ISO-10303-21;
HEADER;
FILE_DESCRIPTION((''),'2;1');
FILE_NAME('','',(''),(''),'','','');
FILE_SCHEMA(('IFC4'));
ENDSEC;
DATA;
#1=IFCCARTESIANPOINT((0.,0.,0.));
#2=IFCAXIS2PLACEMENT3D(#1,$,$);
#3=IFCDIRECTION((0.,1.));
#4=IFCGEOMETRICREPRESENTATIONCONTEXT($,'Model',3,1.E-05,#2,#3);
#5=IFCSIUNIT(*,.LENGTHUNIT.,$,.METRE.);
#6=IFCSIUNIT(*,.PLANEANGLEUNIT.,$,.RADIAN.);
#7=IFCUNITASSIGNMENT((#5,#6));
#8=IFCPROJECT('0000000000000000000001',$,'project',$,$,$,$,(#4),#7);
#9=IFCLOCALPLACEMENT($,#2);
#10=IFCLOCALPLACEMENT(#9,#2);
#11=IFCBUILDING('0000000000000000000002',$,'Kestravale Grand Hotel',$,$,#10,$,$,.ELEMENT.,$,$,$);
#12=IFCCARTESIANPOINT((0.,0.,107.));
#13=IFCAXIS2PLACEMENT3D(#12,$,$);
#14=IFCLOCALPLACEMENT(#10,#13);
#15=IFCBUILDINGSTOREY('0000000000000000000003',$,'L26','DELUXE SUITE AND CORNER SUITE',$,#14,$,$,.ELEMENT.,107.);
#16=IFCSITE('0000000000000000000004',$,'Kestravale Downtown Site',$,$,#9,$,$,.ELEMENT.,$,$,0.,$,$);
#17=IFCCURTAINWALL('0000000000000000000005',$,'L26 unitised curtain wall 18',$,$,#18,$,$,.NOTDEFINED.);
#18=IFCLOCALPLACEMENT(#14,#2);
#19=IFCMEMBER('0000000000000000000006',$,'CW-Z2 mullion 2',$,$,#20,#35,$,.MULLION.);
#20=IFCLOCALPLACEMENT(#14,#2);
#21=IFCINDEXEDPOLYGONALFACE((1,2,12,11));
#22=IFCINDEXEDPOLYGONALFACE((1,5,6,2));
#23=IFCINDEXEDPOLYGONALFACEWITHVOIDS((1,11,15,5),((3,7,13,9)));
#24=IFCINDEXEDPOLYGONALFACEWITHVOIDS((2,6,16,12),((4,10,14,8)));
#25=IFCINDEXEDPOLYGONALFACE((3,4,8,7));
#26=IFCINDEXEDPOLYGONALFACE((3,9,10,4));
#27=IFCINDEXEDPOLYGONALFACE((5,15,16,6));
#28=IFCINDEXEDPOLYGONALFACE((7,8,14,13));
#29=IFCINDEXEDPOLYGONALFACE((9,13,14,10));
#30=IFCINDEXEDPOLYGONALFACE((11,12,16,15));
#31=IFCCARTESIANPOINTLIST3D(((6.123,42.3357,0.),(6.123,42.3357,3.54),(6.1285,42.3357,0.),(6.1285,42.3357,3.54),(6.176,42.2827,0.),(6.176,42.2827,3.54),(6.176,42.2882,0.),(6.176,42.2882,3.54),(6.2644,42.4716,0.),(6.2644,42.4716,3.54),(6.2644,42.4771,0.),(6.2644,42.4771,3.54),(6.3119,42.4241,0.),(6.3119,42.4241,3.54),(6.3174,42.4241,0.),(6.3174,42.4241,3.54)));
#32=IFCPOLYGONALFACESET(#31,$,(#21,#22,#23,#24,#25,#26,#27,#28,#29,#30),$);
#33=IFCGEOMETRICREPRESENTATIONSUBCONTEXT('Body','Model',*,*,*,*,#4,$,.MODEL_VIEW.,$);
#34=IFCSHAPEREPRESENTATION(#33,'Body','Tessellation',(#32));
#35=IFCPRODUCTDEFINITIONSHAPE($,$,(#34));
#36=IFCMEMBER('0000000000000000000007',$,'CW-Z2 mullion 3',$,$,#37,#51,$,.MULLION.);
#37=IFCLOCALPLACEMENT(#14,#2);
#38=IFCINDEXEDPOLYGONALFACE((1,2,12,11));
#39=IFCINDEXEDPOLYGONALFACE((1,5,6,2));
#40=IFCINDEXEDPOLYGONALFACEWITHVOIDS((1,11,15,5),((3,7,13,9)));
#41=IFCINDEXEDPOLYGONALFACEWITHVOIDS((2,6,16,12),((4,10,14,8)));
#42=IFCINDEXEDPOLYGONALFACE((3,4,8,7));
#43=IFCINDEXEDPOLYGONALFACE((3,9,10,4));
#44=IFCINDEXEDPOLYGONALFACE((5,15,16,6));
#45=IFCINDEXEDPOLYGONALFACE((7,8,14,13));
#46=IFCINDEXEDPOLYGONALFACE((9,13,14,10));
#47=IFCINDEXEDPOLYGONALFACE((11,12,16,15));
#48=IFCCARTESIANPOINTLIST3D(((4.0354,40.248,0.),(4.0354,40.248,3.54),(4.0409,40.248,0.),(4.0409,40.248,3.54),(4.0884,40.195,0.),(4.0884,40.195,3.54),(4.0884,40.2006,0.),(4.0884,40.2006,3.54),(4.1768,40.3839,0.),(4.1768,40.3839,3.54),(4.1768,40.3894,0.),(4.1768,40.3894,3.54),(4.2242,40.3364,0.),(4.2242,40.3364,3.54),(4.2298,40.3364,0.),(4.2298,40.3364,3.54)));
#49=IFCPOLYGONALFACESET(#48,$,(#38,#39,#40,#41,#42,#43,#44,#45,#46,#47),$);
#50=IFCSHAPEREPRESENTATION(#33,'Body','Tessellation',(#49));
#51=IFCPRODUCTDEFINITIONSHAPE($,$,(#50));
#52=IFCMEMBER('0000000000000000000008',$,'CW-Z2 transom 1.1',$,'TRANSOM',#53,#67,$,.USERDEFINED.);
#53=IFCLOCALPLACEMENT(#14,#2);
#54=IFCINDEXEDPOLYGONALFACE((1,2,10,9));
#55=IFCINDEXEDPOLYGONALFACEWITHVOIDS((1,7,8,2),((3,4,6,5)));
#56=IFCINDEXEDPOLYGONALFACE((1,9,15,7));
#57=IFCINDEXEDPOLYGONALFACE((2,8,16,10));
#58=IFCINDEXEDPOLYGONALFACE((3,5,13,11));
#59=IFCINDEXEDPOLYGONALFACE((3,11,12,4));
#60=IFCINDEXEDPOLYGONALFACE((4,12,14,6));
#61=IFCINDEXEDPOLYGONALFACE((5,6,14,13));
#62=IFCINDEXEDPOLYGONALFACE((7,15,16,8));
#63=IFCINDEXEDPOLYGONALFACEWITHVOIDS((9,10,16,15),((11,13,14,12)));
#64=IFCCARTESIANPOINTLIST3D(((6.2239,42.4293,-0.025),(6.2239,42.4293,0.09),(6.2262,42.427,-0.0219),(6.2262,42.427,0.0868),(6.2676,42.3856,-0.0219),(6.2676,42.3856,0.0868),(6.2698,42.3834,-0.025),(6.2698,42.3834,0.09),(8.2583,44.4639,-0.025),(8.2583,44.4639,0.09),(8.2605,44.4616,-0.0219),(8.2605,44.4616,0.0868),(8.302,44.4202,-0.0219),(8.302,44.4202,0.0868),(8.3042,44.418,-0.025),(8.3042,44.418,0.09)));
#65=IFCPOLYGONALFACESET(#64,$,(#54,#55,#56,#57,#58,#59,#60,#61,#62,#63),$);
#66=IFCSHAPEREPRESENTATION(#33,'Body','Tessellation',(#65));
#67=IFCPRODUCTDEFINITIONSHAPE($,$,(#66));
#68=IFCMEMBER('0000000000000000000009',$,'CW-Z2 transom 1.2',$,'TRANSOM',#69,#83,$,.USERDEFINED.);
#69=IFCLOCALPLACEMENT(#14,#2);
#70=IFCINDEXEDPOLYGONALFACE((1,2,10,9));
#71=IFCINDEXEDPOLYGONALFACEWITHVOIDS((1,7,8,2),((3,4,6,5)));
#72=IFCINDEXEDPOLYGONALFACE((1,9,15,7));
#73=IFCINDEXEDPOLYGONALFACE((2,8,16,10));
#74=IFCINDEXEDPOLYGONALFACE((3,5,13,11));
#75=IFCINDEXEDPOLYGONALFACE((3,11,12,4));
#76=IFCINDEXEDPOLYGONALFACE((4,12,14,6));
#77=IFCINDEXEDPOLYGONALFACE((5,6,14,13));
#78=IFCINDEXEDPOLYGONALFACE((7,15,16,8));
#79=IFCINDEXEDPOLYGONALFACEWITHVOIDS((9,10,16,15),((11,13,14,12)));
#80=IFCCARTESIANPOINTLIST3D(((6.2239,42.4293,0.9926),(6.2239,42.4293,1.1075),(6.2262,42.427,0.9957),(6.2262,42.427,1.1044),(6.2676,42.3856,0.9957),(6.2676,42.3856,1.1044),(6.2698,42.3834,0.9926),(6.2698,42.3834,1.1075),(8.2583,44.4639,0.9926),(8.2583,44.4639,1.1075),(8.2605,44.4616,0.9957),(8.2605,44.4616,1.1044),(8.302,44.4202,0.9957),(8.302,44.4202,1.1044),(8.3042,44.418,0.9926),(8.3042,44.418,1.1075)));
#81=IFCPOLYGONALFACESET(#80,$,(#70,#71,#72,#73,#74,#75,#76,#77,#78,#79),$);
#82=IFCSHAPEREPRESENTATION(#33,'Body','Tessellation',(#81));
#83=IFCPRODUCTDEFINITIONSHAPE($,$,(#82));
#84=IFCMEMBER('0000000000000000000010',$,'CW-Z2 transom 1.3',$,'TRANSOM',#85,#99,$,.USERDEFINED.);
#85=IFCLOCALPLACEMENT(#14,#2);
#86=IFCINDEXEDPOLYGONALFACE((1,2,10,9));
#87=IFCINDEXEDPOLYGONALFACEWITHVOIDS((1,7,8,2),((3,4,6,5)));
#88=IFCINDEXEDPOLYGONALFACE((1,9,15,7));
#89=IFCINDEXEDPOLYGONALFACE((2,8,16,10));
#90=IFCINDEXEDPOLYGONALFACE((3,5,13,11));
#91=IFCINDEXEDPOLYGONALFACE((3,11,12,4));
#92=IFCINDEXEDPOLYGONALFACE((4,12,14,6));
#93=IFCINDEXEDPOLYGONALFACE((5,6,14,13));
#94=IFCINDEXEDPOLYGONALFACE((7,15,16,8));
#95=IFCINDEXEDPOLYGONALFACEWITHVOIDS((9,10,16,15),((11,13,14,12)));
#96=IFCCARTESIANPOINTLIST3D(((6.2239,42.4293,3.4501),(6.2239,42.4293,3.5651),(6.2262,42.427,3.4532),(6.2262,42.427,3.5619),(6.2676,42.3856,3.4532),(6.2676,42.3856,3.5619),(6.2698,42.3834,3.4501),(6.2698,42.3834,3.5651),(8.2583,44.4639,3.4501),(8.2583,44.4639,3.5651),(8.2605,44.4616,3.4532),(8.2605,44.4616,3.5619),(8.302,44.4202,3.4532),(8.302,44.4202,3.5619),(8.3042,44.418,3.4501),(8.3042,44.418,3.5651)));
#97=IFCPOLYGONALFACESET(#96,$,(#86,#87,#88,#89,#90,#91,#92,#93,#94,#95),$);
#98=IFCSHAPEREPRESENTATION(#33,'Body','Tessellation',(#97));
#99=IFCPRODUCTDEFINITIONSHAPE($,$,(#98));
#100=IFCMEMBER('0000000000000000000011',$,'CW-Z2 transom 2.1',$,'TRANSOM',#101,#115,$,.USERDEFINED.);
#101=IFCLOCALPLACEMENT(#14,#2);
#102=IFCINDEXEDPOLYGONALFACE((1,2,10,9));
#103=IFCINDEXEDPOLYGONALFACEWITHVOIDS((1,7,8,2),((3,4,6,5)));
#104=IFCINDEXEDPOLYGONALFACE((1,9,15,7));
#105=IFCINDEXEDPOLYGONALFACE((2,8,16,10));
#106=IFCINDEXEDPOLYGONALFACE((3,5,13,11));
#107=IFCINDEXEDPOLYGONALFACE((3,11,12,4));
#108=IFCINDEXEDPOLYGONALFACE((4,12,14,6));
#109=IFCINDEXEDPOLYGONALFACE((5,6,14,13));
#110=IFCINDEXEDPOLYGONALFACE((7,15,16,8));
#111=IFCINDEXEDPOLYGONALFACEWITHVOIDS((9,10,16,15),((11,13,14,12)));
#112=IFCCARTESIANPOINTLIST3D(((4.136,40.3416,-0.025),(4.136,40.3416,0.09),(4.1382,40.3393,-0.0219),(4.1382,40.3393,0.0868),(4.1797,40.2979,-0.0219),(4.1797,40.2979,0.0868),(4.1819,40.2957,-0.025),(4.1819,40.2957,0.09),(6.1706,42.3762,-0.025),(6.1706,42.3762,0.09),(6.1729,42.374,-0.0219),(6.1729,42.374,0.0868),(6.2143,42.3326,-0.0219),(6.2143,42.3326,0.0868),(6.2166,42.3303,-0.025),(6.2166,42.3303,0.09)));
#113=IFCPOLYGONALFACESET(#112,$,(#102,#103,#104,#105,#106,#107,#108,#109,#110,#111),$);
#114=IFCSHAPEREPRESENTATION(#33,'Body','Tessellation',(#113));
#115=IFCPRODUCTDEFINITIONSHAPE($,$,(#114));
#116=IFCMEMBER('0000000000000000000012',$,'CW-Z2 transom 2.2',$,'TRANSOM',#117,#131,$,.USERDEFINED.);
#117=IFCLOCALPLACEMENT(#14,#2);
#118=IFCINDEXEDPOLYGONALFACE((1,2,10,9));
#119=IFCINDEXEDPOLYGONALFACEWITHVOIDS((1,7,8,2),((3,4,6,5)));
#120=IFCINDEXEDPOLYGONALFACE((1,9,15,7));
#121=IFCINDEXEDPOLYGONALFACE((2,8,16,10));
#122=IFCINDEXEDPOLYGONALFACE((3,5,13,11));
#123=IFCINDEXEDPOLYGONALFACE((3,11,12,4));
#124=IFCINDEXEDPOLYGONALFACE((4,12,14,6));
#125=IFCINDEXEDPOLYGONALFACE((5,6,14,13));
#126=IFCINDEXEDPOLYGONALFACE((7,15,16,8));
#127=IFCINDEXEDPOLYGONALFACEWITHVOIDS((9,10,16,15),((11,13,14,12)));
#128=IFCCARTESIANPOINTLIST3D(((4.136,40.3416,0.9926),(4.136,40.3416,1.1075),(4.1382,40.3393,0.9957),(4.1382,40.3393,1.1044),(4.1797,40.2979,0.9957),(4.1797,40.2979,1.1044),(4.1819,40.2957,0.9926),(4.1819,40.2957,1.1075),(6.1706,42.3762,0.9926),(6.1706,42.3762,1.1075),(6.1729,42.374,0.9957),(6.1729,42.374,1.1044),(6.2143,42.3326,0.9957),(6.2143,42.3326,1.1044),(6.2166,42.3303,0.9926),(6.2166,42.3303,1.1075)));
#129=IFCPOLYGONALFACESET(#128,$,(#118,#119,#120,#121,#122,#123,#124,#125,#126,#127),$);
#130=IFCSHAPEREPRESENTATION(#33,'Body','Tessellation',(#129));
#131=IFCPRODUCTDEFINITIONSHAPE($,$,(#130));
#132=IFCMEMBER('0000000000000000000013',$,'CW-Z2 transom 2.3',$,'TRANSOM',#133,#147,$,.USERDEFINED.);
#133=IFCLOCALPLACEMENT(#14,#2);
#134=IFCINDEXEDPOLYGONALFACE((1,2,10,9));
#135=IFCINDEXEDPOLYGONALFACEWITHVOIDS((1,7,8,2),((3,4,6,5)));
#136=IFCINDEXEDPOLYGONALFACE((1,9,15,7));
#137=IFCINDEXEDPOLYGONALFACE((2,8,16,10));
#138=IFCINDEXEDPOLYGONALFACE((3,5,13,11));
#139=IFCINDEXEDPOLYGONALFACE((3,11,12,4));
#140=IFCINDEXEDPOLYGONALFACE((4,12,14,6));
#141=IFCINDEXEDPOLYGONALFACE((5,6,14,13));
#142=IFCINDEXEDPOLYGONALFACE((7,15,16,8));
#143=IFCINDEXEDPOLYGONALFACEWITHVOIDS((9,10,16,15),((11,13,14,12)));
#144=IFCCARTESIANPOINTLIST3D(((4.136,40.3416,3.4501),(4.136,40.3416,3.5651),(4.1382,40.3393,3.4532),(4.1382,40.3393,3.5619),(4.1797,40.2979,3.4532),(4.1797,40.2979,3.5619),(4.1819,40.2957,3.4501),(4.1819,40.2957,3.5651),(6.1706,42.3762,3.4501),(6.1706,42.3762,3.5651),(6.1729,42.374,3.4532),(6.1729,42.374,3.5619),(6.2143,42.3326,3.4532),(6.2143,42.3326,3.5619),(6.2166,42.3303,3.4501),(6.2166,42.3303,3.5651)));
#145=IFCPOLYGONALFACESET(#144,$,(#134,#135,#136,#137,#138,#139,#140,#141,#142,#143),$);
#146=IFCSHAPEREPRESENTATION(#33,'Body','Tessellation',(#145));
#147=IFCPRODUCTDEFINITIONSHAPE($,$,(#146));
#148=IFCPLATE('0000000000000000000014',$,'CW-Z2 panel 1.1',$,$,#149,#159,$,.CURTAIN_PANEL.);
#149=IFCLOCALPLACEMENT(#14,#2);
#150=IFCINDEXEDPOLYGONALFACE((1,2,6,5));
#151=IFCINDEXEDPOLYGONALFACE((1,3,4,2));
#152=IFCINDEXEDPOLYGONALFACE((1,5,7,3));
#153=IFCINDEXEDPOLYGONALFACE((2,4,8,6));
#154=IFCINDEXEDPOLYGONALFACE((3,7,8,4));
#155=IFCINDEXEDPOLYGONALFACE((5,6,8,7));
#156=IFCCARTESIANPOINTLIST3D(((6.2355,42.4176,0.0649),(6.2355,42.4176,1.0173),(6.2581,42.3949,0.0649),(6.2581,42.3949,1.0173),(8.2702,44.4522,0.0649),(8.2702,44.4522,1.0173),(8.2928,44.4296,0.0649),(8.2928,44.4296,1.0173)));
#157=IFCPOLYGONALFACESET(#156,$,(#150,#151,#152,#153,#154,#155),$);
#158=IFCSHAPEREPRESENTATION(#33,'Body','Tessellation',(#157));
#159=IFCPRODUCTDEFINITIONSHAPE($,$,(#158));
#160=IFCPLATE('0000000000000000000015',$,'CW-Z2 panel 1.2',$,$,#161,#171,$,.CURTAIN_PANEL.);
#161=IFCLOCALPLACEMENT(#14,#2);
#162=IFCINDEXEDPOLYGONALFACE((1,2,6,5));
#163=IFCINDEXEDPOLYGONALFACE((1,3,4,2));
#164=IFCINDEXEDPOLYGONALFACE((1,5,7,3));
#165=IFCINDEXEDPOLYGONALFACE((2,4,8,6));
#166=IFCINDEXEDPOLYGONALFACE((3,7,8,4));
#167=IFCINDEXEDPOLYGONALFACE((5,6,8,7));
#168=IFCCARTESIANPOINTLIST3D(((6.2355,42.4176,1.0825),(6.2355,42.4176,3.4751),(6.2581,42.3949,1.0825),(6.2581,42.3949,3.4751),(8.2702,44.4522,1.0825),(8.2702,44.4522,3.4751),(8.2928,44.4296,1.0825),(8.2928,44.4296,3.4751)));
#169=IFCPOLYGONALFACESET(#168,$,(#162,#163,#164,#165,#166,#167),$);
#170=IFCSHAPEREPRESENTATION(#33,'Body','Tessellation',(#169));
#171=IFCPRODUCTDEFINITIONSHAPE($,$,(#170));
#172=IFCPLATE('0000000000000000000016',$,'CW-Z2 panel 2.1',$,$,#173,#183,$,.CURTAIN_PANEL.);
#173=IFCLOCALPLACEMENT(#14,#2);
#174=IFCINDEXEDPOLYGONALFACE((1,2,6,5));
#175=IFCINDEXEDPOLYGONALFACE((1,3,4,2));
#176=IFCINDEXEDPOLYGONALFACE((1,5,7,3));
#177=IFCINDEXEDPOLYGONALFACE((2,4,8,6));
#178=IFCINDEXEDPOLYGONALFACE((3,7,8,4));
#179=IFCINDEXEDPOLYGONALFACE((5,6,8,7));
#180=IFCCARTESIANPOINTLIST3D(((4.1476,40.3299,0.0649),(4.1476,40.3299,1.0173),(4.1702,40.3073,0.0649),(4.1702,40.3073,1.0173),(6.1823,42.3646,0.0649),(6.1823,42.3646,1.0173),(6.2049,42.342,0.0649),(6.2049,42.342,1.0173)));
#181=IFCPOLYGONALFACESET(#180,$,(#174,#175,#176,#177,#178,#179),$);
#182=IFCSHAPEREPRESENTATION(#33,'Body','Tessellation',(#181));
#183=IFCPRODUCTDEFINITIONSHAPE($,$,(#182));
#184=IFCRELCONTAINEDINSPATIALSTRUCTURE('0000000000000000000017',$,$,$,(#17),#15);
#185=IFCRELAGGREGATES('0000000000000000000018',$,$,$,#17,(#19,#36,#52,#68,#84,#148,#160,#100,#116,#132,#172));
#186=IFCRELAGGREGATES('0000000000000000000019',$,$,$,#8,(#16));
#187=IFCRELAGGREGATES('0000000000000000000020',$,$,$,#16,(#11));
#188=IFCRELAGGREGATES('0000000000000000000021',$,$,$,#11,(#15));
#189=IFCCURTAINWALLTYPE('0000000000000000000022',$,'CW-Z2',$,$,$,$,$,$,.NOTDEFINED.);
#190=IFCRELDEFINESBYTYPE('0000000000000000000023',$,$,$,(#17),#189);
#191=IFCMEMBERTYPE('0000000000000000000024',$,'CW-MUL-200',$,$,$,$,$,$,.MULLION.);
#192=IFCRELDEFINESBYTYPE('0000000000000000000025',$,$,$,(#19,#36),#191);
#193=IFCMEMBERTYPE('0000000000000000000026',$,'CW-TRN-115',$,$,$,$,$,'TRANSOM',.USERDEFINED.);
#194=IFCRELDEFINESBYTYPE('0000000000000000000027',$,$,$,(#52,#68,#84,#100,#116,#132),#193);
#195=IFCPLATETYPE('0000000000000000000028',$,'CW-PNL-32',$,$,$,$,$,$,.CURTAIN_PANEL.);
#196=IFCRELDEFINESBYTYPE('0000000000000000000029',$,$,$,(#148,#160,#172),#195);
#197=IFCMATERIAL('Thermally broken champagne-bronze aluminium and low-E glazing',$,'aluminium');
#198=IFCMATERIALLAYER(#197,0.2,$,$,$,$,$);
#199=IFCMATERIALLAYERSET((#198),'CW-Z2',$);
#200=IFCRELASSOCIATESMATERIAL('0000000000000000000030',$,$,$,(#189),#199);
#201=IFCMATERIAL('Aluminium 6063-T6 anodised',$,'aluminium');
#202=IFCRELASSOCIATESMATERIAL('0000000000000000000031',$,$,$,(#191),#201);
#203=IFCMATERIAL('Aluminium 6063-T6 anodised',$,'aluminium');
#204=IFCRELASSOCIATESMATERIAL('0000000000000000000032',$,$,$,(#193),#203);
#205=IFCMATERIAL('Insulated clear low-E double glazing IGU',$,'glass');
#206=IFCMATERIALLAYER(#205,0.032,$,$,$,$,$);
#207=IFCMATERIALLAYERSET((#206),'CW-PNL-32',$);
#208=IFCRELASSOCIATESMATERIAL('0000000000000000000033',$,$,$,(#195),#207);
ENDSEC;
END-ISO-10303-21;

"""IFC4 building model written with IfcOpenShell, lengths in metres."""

from ifc_helpers import new_model, si_unit, direction, frame, origin, origin_2d, place, context, subcontext, project, spatial, rectangle, hollow_rectangle, extrude, material, layer, layer_set, material_profile, profile_set, type_object, element, aggregate, save


model = new_model("IFC4")

# Units and contexts
model_context = context("Model", 3, precision=1e-05, world=origin(), true_north=direction((0.0, 1.0)))
body_context = subcontext(model_context, "Body", "Model", "MODEL_VIEW")
ifc_project = project(units=[si_unit("LENGTHUNIT", "METRE"), si_unit("PLANEANGLEUNIT", "RADIAN")], contexts=[model_context])

# Site, building, storey
site_placement = place(None, origin())
site = spatial("IfcSite", under=ifc_project, at=site_placement, Name="Kestravale Downtown Site", CompositionType="ELEMENT", RefElevation=0.0)
building_placement = place(site_placement, origin())
building = spatial("IfcBuilding", under=site, at=building_placement, Name="Kestravale Grand Hotel", CompositionType="ELEMENT")
storey_placement = place(building_placement, frame((0.0, 0.0, 107.0)))
storey = spatial("IfcBuildingStorey", under=building, at=storey_placement, Name="L26", Description="DELUXE SUITE AND CORNER SUITE", CompositionType="ELEMENT", Elevation=107.0)

# Curtain wall, members, plates
ifc_material_1 = material(Name="Thermally broken champagne-bronze aluminium and low-E glazing", Category="aluminium")
ifc_layer_1 = layer(ifc_material_1, 0.2)
ifc_layer_set_1 = layer_set([ifc_layer_1], Name="CW-Z2")
curtain_wall_type = type_object("IfcCurtainWallType", Name="CW-Z2", PredefinedType="NOTDEFINED", material=ifc_layer_set_1)
curtain_wall_placement = place(storey_placement, origin())
curtain_wall = element("IfcCurtainWall", 1, at=curtain_wall_placement, inside=storey, type_object=curtain_wall_type, Name="L26 unitised curtain wall 18", PredefinedType="NOTDEFINED")
ifc_material_2 = material(Name="Aluminium 6063-T6 anodised", Category="aluminium")
ifc_material_profile_1 = material_profile(ifc_material_2, hollow_rectangle(XDim=0.075, YDim=0.2, WallThickness=0.0039, at=origin_2d()))
ifc_profile_set_1 = profile_set([ifc_material_profile_1], Name="Aluminium 6063-T6 anodised")
member_type_1 = type_object("IfcMemberType", Name="CW-MUL-200", PredefinedType="MULLION", material=ifc_profile_set_1)
member_1_placement = place(storey_placement, frame((6.2202, 42.3799, 0.0), z_axis=(0.0, 0.0, 1.0), x_axis=(0.707107, -0.707107, 0.0)))
member_1 = element("IfcMember", 2, at=member_1_placement, type_object=member_type_1, Name="CW-Z2 mullion 2", PredefinedType="MULLION", context=body_context, shape_type="SweptSolid", body=[
    extrude(hollow_rectangle(XDim=0.075, YDim=0.2, WallThickness=0.0039, at=origin_2d()), origin(), (0.0, 0.0, 1.0), 3.54),
])
member_2_placement = place(storey_placement, frame((4.1326, 40.2922, 0.0), z_axis=(0.0, 0.0, 1.0), x_axis=(0.707107, -0.707107, 0.0)))
member_2 = element("IfcMember", 3, at=member_2_placement, type_object=member_type_1, Name="CW-Z2 mullion 3", PredefinedType="MULLION", context=body_context, shape_type="SweptSolid", body=[
    extrude(hollow_rectangle(XDim=0.075, YDim=0.2, WallThickness=0.0039, at=origin_2d()), origin(), (0.0, 0.0, 1.0), 3.54),
])
ifc_material_3 = material(Name="Aluminium 6063-T6 anodised", Category="aluminium")
ifc_material_profile_2 = material_profile(ifc_material_3, hollow_rectangle(XDim=0.0649, YDim=0.115, WallThickness=0.0032, at=origin_2d()))
ifc_profile_set_2 = profile_set([ifc_material_profile_2], Name="Aluminium 6063-T6 anodised")
member_type_2 = type_object("IfcMemberType", Name="CW-TRN-115", ElementType="TRANSOM", PredefinedType="USERDEFINED", material=ifc_profile_set_2)
member_3_placement = place(storey_placement, frame((8.2812, 44.4409, 0.0325), z_axis=(-0.707064, -0.707149, 0.0), x_axis=(0.707149, -0.707064, 0.0)))
member_3 = element("IfcMember", 4, at=member_3_placement, type_object=member_type_2, Name="CW-Z2 transom 1.1", ObjectType="TRANSOM", PredefinedType="USERDEFINED", context=body_context, shape_type="SweptSolid", body=[
    extrude(hollow_rectangle(XDim=0.0649, YDim=0.115, WallThickness=0.0032, at=origin_2d()), origin(), (0.0, 0.0, 1.0), 2.8772),
])
member_4_placement = place(storey_placement, frame((8.2812, 44.4409, 1.05), z_axis=(-0.707064, -0.707149, 0.0), x_axis=(0.707149, -0.707064, 0.0)))
member_4 = element("IfcMember", 5, at=member_4_placement, type_object=member_type_2, Name="CW-Z2 transom 1.2", ObjectType="TRANSOM", PredefinedType="USERDEFINED", context=body_context, shape_type="SweptSolid", body=[
    extrude(hollow_rectangle(XDim=0.0649, YDim=0.115, WallThickness=0.0032, at=origin_2d()), origin(), (0.0, 0.0, 1.0), 2.8772),
])
member_5_placement = place(storey_placement, frame((8.2812, 44.4409, 3.5076), z_axis=(-0.707064, -0.707149, 0.0), x_axis=(0.707149, -0.707064, 0.0)))
member_5 = element("IfcMember", 6, at=member_5_placement, type_object=member_type_2, Name="CW-Z2 transom 1.3", ObjectType="TRANSOM", PredefinedType="USERDEFINED", context=body_context, shape_type="SweptSolid", body=[
    extrude(hollow_rectangle(XDim=0.0649, YDim=0.115, WallThickness=0.0032, at=origin_2d()), origin(), (0.0, 0.0, 1.0), 2.8772),
])
member_6_placement = place(storey_placement, frame((6.1936, 42.3533, 0.0325), z_axis=(-0.707107, -0.707107, 0.0), x_axis=(0.707107, -0.707107, 0.0)))
member_6 = element("IfcMember", 7, at=member_6_placement, type_object=member_type_2, Name="CW-Z2 transom 2.1", ObjectType="TRANSOM", PredefinedType="USERDEFINED", context=body_context, shape_type="SweptSolid", body=[
    extrude(hollow_rectangle(XDim=0.0649, YDim=0.115, WallThickness=0.0032, at=origin_2d()), origin(), (0.0, 0.0, 1.0), 2.8774),
])
member_7_placement = place(storey_placement, frame((6.1936, 42.3533, 1.05), z_axis=(-0.707107, -0.707107, 0.0), x_axis=(0.707107, -0.707107, 0.0)))
member_7 = element("IfcMember", 8, at=member_7_placement, type_object=member_type_2, Name="CW-Z2 transom 2.2", ObjectType="TRANSOM", PredefinedType="USERDEFINED", context=body_context, shape_type="SweptSolid", body=[
    extrude(hollow_rectangle(XDim=0.0649, YDim=0.115, WallThickness=0.0032, at=origin_2d()), origin(), (0.0, 0.0, 1.0), 2.8774),
])
member_8_placement = place(storey_placement, frame((6.1936, 42.3533, 3.5076), z_axis=(-0.707107, -0.707107, 0.0), x_axis=(0.707107, -0.707107, 0.0)))
member_8 = element("IfcMember", 9, at=member_8_placement, type_object=member_type_2, Name="CW-Z2 transom 2.3", ObjectType="TRANSOM", PredefinedType="USERDEFINED", context=body_context, shape_type="SweptSolid", body=[
    extrude(hollow_rectangle(XDim=0.0649, YDim=0.115, WallThickness=0.0032, at=origin_2d()), origin(), (0.0, 0.0, 1.0), 2.8774),
])
ifc_material_4 = material(Name="Insulated clear low-E double glazing IGU", Category="glass")
ifc_layer_2 = layer(ifc_material_4, 0.032)
ifc_layer_set_2 = layer_set([ifc_layer_2], Name="CW-PNL-32")
plate_type = type_object("IfcPlateType", Name="CW-PNL-32", PredefinedType="CURTAIN_PANEL", material=ifc_layer_set_2)
plate_1_placement = place(storey_placement, frame((7.2642, 43.4236, 0.0649), z_axis=(0.0, 0.0, 1.0), x_axis=(-0.707107, -0.707107, 0.0)))
plate_1 = element("IfcPlate", 10, at=plate_1_placement, type_object=plate_type, Name="CW-Z2 panel 1.1", PredefinedType="CURTAIN_PANEL", context=body_context, shape_type="SweptSolid", body=[
    extrude(rectangle(XDim=2.8774, YDim=0.032, at=origin_2d()), origin(), (0.0, 0.0, 1.0), 0.9524),
])
plate_2_placement = place(storey_placement, frame((7.2642, 43.4236, 1.0825), z_axis=(0.0, 0.0, 1.0), x_axis=(-0.707107, -0.707107, 0.0)))
plate_2 = element("IfcPlate", 11, at=plate_2_placement, type_object=plate_type, Name="CW-Z2 panel 1.2", PredefinedType="CURTAIN_PANEL", context=body_context, shape_type="SweptSolid", body=[
    extrude(rectangle(XDim=2.8774, YDim=0.032, at=origin_2d()), origin(), (0.0, 0.0, 1.0), 2.3926),
])
plate_3_placement = place(storey_placement, frame((5.1763, 41.3359, 0.0649), z_axis=(0.0, 0.0, 1.0), x_axis=(-0.707107, -0.707107, 0.0)))
plate_3 = element("IfcPlate", 12, at=plate_3_placement, type_object=plate_type, Name="CW-Z2 panel 2.1", PredefinedType="CURTAIN_PANEL", context=body_context, shape_type="SweptSolid", body=[
    extrude(rectangle(XDim=2.8774, YDim=0.032, at=origin_2d()), origin(), (0.0, 0.0, 1.0), 0.9524),
])
aggregate(curtain_wall, [member_1, member_2, member_3, member_4, member_5, plate_1, plate_2, member_6, member_7, member_8, plate_3])

save(model, "model.ifc")
